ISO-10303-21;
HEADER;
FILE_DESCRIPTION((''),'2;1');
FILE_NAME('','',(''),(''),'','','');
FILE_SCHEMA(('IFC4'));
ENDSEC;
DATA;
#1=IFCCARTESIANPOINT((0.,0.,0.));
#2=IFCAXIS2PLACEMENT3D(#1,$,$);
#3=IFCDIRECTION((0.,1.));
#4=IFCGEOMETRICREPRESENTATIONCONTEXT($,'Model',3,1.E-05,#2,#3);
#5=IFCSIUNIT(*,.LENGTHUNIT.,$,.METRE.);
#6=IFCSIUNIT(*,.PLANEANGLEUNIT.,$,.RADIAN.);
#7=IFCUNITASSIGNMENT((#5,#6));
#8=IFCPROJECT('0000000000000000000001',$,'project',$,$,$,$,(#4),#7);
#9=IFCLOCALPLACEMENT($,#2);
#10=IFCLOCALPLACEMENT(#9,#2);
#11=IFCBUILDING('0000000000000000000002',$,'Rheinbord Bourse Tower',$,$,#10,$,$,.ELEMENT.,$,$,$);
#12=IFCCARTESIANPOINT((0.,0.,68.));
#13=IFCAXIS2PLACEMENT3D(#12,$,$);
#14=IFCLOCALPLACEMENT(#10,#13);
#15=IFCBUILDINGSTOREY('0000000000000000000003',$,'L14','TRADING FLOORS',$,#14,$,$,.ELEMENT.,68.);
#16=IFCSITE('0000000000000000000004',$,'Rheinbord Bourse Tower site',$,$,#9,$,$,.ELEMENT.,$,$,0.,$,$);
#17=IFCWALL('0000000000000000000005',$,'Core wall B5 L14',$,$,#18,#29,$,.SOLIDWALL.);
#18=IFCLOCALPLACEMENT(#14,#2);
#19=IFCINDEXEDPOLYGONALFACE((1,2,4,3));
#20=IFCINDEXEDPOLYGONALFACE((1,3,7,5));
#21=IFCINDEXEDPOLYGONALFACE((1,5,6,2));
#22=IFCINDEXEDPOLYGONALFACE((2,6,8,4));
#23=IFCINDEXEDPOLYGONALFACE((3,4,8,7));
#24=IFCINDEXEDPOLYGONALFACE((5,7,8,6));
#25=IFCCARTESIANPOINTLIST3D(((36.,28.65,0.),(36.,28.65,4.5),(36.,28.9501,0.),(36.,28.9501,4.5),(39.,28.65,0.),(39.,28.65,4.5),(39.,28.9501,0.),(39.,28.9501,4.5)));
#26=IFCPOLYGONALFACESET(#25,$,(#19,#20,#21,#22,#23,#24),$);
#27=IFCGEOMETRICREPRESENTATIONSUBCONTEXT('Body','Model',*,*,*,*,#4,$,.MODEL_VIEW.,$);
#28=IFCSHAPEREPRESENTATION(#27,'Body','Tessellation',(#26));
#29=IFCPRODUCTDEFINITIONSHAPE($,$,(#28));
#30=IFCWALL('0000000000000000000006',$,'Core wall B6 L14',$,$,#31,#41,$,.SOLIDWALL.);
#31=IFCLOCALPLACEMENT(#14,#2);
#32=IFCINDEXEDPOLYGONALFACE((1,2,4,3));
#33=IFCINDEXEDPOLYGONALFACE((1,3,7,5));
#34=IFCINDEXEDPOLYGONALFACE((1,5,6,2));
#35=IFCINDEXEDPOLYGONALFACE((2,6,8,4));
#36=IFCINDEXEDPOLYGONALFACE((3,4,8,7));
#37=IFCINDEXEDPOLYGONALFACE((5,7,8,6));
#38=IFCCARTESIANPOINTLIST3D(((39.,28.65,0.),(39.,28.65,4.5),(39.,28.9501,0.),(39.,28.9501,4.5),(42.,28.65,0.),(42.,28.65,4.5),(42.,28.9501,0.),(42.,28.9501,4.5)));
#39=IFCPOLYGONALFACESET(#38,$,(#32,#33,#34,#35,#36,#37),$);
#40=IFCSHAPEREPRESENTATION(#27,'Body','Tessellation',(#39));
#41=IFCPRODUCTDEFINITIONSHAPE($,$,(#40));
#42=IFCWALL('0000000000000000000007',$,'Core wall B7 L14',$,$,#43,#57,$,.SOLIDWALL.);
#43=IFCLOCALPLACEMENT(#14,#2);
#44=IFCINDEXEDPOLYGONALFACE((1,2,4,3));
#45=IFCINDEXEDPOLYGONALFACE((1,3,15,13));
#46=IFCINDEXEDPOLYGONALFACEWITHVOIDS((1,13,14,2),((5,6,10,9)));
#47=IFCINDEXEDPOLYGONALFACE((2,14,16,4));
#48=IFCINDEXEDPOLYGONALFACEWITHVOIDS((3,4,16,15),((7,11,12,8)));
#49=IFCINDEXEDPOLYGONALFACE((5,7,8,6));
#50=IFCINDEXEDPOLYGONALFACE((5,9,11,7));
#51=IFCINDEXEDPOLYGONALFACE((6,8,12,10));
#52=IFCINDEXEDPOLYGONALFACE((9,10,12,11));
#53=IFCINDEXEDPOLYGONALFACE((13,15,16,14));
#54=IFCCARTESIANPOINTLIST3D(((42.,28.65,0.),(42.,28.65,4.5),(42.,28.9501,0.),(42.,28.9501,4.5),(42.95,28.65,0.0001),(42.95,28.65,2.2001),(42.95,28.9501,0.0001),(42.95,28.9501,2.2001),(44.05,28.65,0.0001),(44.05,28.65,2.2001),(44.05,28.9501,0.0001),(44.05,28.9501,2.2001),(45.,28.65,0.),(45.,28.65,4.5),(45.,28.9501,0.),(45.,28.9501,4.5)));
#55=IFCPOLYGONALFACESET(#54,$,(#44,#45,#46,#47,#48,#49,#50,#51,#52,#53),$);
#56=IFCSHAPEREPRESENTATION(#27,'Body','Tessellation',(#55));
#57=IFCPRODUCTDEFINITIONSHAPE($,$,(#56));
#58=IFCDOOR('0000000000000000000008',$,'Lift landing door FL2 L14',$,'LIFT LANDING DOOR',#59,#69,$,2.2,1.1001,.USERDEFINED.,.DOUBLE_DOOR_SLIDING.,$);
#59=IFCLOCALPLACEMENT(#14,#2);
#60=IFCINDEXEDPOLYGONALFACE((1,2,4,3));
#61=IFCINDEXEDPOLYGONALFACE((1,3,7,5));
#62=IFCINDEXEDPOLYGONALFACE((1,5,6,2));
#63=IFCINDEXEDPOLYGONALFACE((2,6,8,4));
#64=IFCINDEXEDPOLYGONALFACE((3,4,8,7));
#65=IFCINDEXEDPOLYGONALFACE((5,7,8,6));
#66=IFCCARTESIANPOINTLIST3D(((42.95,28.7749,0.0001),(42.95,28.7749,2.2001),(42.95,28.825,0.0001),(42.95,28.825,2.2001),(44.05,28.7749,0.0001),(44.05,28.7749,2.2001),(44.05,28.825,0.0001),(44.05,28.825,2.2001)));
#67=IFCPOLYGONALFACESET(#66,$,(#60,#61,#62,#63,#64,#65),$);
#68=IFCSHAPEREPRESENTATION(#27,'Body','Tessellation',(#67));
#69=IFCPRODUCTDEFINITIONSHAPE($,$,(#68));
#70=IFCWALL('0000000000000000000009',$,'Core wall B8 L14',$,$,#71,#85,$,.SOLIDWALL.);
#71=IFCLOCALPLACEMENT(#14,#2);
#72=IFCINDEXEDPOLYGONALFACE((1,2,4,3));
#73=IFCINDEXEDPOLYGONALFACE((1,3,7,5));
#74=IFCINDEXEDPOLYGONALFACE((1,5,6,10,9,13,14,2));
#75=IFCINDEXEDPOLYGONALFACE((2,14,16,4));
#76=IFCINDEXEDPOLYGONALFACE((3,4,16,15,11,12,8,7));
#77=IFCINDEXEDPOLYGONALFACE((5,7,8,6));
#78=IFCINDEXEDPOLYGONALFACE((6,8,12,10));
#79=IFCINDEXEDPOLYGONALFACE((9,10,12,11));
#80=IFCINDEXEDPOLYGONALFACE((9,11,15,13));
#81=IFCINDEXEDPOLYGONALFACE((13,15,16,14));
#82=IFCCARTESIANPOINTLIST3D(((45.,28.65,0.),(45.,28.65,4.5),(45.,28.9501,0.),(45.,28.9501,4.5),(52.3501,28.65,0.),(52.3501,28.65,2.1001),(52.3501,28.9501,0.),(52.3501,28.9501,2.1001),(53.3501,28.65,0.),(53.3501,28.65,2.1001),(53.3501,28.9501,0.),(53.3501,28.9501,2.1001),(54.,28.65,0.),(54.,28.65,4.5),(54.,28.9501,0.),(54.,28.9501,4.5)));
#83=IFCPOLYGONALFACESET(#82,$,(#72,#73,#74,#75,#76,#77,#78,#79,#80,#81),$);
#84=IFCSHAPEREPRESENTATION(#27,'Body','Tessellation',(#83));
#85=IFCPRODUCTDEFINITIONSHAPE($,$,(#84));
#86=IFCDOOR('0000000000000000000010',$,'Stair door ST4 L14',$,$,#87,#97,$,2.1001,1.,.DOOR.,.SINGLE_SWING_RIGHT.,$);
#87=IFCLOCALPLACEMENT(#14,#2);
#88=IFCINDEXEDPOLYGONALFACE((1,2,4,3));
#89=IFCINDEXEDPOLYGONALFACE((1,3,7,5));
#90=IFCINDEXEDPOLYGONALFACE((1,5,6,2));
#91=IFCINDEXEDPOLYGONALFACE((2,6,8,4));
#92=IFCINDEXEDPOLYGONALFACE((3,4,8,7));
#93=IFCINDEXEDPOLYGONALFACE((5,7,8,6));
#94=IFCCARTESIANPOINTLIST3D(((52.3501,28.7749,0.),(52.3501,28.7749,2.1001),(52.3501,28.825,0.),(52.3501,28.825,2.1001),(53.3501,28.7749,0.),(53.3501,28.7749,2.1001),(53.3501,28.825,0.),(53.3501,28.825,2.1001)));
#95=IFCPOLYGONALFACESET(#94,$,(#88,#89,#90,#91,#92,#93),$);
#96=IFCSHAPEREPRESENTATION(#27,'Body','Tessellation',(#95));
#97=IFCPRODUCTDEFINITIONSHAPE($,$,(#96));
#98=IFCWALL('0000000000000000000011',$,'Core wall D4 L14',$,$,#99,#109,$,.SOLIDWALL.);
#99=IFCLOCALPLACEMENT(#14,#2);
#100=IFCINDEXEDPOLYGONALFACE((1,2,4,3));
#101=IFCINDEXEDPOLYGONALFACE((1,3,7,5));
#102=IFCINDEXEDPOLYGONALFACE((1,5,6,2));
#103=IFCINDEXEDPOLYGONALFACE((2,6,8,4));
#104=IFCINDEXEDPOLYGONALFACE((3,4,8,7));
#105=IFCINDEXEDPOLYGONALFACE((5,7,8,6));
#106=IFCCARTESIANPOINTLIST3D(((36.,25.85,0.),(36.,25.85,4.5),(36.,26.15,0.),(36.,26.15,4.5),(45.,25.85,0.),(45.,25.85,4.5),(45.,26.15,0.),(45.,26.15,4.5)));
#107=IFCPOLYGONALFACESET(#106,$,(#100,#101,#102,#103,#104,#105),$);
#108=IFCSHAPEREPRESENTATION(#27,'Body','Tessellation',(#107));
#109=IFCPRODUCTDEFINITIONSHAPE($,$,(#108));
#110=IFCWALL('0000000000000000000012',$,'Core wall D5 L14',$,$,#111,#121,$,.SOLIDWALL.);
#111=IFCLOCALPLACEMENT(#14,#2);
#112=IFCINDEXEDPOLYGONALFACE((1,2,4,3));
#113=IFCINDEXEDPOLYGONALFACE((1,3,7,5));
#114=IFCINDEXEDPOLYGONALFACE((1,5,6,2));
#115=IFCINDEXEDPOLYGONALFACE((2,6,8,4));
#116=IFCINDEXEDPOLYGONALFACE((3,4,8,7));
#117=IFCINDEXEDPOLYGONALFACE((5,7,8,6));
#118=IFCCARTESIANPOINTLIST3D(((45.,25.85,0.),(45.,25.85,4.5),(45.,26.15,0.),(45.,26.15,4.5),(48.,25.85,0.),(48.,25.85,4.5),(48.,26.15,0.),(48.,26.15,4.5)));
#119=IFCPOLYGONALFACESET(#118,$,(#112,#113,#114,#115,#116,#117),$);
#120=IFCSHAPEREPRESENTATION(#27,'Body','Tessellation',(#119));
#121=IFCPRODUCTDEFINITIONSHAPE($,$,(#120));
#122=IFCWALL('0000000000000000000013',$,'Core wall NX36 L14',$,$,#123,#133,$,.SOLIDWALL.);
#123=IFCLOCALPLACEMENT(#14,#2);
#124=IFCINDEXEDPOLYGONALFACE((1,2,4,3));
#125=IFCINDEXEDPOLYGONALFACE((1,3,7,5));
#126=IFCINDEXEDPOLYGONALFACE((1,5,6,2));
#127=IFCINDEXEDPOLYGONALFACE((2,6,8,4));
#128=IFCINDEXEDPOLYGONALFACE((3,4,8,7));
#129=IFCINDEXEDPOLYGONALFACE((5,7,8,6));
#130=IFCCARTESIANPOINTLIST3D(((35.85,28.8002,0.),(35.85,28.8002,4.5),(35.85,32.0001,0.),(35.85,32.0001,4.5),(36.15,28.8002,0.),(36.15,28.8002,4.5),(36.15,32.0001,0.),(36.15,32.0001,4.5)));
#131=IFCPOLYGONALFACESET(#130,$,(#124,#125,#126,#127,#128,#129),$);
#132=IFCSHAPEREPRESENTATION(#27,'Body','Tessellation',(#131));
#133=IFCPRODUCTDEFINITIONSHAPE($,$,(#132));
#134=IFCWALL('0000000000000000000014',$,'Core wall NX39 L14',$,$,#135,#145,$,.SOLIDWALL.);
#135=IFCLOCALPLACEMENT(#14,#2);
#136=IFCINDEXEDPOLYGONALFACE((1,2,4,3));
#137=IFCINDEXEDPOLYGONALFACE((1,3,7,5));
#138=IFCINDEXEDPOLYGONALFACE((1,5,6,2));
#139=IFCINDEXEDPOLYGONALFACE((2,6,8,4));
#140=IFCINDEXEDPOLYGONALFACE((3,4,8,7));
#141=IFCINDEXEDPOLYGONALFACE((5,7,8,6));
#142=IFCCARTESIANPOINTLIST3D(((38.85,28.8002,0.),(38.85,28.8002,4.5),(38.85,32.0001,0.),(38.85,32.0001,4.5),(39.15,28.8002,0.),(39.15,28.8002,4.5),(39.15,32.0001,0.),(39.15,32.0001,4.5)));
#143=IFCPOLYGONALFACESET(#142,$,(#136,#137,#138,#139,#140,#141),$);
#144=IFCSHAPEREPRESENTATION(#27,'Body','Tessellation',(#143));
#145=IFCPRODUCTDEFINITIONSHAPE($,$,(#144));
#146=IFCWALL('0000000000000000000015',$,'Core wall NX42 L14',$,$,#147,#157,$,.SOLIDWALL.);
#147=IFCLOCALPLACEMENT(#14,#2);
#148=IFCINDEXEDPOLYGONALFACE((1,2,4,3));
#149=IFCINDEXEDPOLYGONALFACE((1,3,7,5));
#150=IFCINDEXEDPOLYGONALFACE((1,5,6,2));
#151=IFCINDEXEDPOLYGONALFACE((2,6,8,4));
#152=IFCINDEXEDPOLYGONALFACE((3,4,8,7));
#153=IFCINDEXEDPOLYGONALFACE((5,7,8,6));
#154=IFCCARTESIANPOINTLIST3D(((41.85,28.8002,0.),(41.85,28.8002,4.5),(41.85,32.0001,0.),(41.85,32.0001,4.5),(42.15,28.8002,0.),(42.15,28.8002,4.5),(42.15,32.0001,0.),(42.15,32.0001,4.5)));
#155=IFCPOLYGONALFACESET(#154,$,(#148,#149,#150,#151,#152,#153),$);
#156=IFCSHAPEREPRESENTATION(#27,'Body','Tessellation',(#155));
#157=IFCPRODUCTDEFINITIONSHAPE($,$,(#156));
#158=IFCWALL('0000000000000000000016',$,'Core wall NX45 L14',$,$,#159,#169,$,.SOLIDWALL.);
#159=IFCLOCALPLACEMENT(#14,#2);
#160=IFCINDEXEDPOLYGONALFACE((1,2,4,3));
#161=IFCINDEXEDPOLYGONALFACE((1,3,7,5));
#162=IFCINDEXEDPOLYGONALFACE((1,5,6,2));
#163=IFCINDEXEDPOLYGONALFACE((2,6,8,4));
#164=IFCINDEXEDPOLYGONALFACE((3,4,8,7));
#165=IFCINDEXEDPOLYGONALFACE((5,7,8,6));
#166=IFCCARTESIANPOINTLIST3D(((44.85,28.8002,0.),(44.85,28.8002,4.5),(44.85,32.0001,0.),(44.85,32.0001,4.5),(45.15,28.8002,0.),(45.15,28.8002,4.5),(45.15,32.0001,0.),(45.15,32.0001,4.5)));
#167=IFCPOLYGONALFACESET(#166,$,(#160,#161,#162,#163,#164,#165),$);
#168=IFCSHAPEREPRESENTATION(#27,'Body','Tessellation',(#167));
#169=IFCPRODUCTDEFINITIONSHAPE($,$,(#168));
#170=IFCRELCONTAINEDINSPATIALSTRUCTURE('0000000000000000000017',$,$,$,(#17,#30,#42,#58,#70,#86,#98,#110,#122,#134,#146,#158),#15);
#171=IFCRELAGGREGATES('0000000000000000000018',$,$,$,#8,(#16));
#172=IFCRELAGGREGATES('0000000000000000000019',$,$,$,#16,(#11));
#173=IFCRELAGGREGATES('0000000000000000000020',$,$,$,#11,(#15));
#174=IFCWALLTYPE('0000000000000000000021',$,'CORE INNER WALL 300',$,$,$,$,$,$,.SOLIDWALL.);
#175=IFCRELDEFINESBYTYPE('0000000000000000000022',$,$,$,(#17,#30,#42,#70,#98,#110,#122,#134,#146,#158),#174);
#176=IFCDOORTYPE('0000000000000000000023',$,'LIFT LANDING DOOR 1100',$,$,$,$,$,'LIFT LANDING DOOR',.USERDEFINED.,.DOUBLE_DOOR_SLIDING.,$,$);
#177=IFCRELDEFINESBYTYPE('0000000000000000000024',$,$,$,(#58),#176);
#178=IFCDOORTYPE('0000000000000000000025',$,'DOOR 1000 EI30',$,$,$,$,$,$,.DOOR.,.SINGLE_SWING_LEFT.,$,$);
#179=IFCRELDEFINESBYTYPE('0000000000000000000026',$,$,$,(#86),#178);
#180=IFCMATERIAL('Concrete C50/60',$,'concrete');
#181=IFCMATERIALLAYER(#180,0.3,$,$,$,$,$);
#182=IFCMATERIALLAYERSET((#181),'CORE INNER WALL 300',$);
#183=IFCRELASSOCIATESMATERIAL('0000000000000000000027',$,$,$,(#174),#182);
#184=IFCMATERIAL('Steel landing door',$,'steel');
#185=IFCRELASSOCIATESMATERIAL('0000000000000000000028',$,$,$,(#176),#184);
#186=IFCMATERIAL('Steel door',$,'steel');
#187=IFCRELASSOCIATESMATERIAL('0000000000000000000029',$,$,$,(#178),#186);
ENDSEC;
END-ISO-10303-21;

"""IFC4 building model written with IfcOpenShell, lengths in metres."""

from ifc_helpers import new_model, si_unit, direction, frame, frame_2d, origin, place, context, subcontext, project, spatial, rectangle, extrude, material, layer, layer_set, type_object, element, fill, save


model = new_model("IFC4")

# Units and contexts
model_context = context("Model", 3, precision=1e-05, world=origin(), true_north=direction((0.0, 1.0)))
body_context = subcontext(model_context, "Body", "Model", "MODEL_VIEW")
ifc_project = project(units=[si_unit("LENGTHUNIT", "METRE"), si_unit("PLANEANGLEUNIT", "RADIAN")], contexts=[model_context])

# Site, building, storey
site_placement = place(None, origin())
site = spatial("IfcSite", under=ifc_project, at=site_placement, Name="Rheinbord Bourse Tower site", CompositionType="ELEMENT", RefElevation=0.0)
building_placement = place(site_placement, origin())
building = spatial("IfcBuilding", under=site, at=building_placement, Name="Rheinbord Bourse Tower", CompositionType="ELEMENT")
storey_placement = place(building_placement, frame((0.0, 0.0, 68.0)))
storey = spatial("IfcBuildingStorey", under=building, at=storey_placement, Name="L14", Description="TRADING FLOORS", CompositionType="ELEMENT", Elevation=68.0)

# Walls
ifc_material_1 = material(Name="Concrete C50/60", Category="concrete")
ifc_layer_1 = layer(ifc_material_1, 0.3)
ifc_layer_set_1 = layer_set([ifc_layer_1], Name="CORE INNER WALL 300")
wall_type_1 = type_object("IfcWallType", Name="CORE INNER WALL 300", PredefinedType="SOLIDWALL", material=ifc_layer_set_1)
for number, where, z_axis, x_axis, name in (
    (1, (36.0, 28.8, 0.0), (0.0, 0.0, 1.0), (1.0, 0.0, 0.0), "Core wall B5 L14"),
    (2, (39.0, 28.8, 0.0), (0.0, 0.0, 1.0), (1.0, 0.0, 0.0), "Core wall B6 L14"),
):
    element("IfcWall", number, at=place(storey_placement, frame(where, z_axis=z_axis, x_axis=x_axis)), inside=storey, type_object=wall_type_1, Name=name, PredefinedType="SOLIDWALL", context=body_context, shape_type="SweptSolid", body=[
        extrude(rectangle(XDim=3.0, YDim=0.3, at=frame_2d((1.5, 0.0))), origin(), (0.0, 0.0, 1.0), 4.5),
    ])

# Walls, openings, doors
wall_1_placement = place(storey_placement, frame((42.0, 28.8, 0.0), z_axis=(0.0, 0.0, 1.0), x_axis=(1.0, 0.0, 0.0)))
wall_1 = element("IfcWall", 3, at=wall_1_placement, inside=storey, type_object=wall_type_1, Name="Core wall B7 L14", PredefinedType="SOLIDWALL", context=body_context, shape_type="SweptSolid", body=[
    extrude(rectangle(XDim=3.0, YDim=0.3, at=frame_2d((1.5, 0.0))), origin(), (0.0, 0.0, 1.0), 4.5),
])
opening_1_placement = place(wall_1_placement, frame((0.95, 0.0, 0.0)))
opening_1 = element("IfcOpeningElement", 4, at=opening_1_placement, cuts=wall_1, PredefinedType="OPENING", context=body_context, shape_type="SweptSolid", body=[
    extrude(rectangle(XDim=1.1001, YDim=2.2, at=frame_2d((0.55, 1.1001))), frame((0.0, 0.1599, 0.0), z_axis=(0.0, -1.0, 0.0), x_axis=(1.0, 0.0, 0.0)), (0.0, 0.0, 1.0), 0.3201),
])
ifc_material_2 = material(Name="Steel landing door", Category="steel")
door_type_1 = type_object("IfcDoorType", Name="LIFT LANDING DOOR 1100", ElementType="LIFT LANDING DOOR", OperationType="DOUBLE_DOOR_SLIDING", PredefinedType="USERDEFINED", material=ifc_material_2)
door_1_placement = place(opening_1_placement, origin())
door_1 = element("IfcDoor", 5, at=door_1_placement, inside=storey, type_object=door_type_1, Name="Lift landing door FL2 L14", ObjectType="LIFT LANDING DOOR", OperationType="DOUBLE_DOOR_SLIDING", OverallHeight=2.2, OverallWidth=1.1001, PredefinedType="USERDEFINED", context=body_context, shape_type="SweptSolid", body=[
    extrude(rectangle(XDim=1.1001, YDim=2.2, at=frame_2d((0.55, 1.1001))), frame((0.0, 0.0249, 0.0), z_axis=(0.0, -1.0, 0.0), x_axis=(1.0, 0.0, 0.0)), (0.0, 0.0, 1.0), 0.05),
])
fill(opening_1, door_1)
wall_2_placement = place(storey_placement, frame((45.0, 28.8, 0.0), z_axis=(0.0, 0.0, 1.0), x_axis=(1.0, 0.0, 0.0)))
wall_2 = element("IfcWall", 6, at=wall_2_placement, inside=storey, type_object=wall_type_1, Name="Core wall B8 L14", PredefinedType="SOLIDWALL", context=body_context, shape_type="SweptSolid", body=[
    extrude(rectangle(XDim=9.0, YDim=0.3, at=frame_2d((4.5, 0.0))), origin(), (0.0, 0.0, 1.0), 4.5),
])
opening_2_placement = place(wall_2_placement, frame((7.3501, 0.0, 0.0)))
opening_2 = element("IfcOpeningElement", 7, at=opening_2_placement, cuts=wall_2, PredefinedType="OPENING", context=body_context, shape_type="SweptSolid", body=[
    extrude(rectangle(XDim=1.0, YDim=2.1001, at=frame_2d((0.5, 1.05))), frame((0.0, 0.1599, 0.0), z_axis=(0.0, -1.0, 0.0), x_axis=(1.0, 0.0, 0.0)), (0.0, 0.0, 1.0), 0.3201),
])
ifc_material_3 = material(Name="Steel door", Category="steel")
door_type_2 = type_object("IfcDoorType", Name="DOOR 1000 EI30", OperationType="SINGLE_SWING_LEFT", PredefinedType="DOOR", material=ifc_material_3)
door_2_placement = place(opening_2_placement, origin())
door_2 = element("IfcDoor", 8, at=door_2_placement, inside=storey, type_object=door_type_2, Name="Stair door ST4 L14", OperationType="SINGLE_SWING_RIGHT", OverallHeight=2.1001, OverallWidth=1.0, PredefinedType="DOOR", context=body_context, shape_type="SweptSolid", body=[
    extrude(rectangle(XDim=1.0, YDim=2.1001, at=frame_2d((0.5, 1.05))), frame((0.0, 0.0249, 0.0), z_axis=(0.0, -1.0, 0.0), x_axis=(1.0, 0.0, 0.0)), (0.0, 0.0, 1.0), 0.05),
])
fill(opening_2, door_2)

# Walls
wall_3_placement = place(storey_placement, frame((36.0, 26.0, 0.0), z_axis=(0.0, 0.0, 1.0), x_axis=(1.0, 0.0, 0.0)))
element("IfcWall", 9, at=wall_3_placement, inside=storey, type_object=wall_type_1, Name="Core wall D4 L14", PredefinedType="SOLIDWALL", context=body_context, shape_type="SweptSolid", body=[
    extrude(rectangle(XDim=9.0, YDim=0.3, at=frame_2d((4.5, 0.0))), origin(), (0.0, 0.0, 1.0), 4.5),
])
wall_4_placement = place(storey_placement, frame((45.0, 26.0, 0.0), z_axis=(0.0, 0.0, 1.0), x_axis=(1.0, 0.0, 0.0)))
element("IfcWall", 10, at=wall_4_placement, inside=storey, type_object=wall_type_1, Name="Core wall D5 L14", PredefinedType="SOLIDWALL", context=body_context, shape_type="SweptSolid", body=[
    extrude(rectangle(XDim=3.0, YDim=0.3, at=frame_2d((1.5, 0.0))), origin(), (0.0, 0.0, 1.0), 4.5),
])
for number, where, z_axis, x_axis, name in (
    (11, (36.0, 28.8, 0.0), (0.0, 0.0, 1.0), (0.0, 1.0, 0.0), "Core wall NX36 L14"),
    (12, (39.0, 28.8, 0.0), (0.0, 0.0, 1.0), (0.0, 1.0, 0.0), "Core wall NX39 L14"),
    (13, (42.0, 28.8, 0.0), (0.0, 0.0, 1.0), (0.0, 1.0, 0.0), "Core wall NX42 L14"),
    (14, (45.0, 28.8, 0.0), (0.0, 0.0, 1.0), (0.0, 1.0, 0.0), "Core wall NX45 L14"),
):
    element("IfcWall", number, at=place(storey_placement, frame(where, z_axis=z_axis, x_axis=x_axis)), inside=storey, type_object=wall_type_1, Name=name, PredefinedType="SOLIDWALL", context=body_context, shape_type="SweptSolid", body=[
        extrude(rectangle(XDim=3.2, YDim=0.3, at=frame_2d((1.6001, 0.0))), origin(), (0.0, 0.0, 1.0), 4.5),
    ])

save(model, "model.ifc")
